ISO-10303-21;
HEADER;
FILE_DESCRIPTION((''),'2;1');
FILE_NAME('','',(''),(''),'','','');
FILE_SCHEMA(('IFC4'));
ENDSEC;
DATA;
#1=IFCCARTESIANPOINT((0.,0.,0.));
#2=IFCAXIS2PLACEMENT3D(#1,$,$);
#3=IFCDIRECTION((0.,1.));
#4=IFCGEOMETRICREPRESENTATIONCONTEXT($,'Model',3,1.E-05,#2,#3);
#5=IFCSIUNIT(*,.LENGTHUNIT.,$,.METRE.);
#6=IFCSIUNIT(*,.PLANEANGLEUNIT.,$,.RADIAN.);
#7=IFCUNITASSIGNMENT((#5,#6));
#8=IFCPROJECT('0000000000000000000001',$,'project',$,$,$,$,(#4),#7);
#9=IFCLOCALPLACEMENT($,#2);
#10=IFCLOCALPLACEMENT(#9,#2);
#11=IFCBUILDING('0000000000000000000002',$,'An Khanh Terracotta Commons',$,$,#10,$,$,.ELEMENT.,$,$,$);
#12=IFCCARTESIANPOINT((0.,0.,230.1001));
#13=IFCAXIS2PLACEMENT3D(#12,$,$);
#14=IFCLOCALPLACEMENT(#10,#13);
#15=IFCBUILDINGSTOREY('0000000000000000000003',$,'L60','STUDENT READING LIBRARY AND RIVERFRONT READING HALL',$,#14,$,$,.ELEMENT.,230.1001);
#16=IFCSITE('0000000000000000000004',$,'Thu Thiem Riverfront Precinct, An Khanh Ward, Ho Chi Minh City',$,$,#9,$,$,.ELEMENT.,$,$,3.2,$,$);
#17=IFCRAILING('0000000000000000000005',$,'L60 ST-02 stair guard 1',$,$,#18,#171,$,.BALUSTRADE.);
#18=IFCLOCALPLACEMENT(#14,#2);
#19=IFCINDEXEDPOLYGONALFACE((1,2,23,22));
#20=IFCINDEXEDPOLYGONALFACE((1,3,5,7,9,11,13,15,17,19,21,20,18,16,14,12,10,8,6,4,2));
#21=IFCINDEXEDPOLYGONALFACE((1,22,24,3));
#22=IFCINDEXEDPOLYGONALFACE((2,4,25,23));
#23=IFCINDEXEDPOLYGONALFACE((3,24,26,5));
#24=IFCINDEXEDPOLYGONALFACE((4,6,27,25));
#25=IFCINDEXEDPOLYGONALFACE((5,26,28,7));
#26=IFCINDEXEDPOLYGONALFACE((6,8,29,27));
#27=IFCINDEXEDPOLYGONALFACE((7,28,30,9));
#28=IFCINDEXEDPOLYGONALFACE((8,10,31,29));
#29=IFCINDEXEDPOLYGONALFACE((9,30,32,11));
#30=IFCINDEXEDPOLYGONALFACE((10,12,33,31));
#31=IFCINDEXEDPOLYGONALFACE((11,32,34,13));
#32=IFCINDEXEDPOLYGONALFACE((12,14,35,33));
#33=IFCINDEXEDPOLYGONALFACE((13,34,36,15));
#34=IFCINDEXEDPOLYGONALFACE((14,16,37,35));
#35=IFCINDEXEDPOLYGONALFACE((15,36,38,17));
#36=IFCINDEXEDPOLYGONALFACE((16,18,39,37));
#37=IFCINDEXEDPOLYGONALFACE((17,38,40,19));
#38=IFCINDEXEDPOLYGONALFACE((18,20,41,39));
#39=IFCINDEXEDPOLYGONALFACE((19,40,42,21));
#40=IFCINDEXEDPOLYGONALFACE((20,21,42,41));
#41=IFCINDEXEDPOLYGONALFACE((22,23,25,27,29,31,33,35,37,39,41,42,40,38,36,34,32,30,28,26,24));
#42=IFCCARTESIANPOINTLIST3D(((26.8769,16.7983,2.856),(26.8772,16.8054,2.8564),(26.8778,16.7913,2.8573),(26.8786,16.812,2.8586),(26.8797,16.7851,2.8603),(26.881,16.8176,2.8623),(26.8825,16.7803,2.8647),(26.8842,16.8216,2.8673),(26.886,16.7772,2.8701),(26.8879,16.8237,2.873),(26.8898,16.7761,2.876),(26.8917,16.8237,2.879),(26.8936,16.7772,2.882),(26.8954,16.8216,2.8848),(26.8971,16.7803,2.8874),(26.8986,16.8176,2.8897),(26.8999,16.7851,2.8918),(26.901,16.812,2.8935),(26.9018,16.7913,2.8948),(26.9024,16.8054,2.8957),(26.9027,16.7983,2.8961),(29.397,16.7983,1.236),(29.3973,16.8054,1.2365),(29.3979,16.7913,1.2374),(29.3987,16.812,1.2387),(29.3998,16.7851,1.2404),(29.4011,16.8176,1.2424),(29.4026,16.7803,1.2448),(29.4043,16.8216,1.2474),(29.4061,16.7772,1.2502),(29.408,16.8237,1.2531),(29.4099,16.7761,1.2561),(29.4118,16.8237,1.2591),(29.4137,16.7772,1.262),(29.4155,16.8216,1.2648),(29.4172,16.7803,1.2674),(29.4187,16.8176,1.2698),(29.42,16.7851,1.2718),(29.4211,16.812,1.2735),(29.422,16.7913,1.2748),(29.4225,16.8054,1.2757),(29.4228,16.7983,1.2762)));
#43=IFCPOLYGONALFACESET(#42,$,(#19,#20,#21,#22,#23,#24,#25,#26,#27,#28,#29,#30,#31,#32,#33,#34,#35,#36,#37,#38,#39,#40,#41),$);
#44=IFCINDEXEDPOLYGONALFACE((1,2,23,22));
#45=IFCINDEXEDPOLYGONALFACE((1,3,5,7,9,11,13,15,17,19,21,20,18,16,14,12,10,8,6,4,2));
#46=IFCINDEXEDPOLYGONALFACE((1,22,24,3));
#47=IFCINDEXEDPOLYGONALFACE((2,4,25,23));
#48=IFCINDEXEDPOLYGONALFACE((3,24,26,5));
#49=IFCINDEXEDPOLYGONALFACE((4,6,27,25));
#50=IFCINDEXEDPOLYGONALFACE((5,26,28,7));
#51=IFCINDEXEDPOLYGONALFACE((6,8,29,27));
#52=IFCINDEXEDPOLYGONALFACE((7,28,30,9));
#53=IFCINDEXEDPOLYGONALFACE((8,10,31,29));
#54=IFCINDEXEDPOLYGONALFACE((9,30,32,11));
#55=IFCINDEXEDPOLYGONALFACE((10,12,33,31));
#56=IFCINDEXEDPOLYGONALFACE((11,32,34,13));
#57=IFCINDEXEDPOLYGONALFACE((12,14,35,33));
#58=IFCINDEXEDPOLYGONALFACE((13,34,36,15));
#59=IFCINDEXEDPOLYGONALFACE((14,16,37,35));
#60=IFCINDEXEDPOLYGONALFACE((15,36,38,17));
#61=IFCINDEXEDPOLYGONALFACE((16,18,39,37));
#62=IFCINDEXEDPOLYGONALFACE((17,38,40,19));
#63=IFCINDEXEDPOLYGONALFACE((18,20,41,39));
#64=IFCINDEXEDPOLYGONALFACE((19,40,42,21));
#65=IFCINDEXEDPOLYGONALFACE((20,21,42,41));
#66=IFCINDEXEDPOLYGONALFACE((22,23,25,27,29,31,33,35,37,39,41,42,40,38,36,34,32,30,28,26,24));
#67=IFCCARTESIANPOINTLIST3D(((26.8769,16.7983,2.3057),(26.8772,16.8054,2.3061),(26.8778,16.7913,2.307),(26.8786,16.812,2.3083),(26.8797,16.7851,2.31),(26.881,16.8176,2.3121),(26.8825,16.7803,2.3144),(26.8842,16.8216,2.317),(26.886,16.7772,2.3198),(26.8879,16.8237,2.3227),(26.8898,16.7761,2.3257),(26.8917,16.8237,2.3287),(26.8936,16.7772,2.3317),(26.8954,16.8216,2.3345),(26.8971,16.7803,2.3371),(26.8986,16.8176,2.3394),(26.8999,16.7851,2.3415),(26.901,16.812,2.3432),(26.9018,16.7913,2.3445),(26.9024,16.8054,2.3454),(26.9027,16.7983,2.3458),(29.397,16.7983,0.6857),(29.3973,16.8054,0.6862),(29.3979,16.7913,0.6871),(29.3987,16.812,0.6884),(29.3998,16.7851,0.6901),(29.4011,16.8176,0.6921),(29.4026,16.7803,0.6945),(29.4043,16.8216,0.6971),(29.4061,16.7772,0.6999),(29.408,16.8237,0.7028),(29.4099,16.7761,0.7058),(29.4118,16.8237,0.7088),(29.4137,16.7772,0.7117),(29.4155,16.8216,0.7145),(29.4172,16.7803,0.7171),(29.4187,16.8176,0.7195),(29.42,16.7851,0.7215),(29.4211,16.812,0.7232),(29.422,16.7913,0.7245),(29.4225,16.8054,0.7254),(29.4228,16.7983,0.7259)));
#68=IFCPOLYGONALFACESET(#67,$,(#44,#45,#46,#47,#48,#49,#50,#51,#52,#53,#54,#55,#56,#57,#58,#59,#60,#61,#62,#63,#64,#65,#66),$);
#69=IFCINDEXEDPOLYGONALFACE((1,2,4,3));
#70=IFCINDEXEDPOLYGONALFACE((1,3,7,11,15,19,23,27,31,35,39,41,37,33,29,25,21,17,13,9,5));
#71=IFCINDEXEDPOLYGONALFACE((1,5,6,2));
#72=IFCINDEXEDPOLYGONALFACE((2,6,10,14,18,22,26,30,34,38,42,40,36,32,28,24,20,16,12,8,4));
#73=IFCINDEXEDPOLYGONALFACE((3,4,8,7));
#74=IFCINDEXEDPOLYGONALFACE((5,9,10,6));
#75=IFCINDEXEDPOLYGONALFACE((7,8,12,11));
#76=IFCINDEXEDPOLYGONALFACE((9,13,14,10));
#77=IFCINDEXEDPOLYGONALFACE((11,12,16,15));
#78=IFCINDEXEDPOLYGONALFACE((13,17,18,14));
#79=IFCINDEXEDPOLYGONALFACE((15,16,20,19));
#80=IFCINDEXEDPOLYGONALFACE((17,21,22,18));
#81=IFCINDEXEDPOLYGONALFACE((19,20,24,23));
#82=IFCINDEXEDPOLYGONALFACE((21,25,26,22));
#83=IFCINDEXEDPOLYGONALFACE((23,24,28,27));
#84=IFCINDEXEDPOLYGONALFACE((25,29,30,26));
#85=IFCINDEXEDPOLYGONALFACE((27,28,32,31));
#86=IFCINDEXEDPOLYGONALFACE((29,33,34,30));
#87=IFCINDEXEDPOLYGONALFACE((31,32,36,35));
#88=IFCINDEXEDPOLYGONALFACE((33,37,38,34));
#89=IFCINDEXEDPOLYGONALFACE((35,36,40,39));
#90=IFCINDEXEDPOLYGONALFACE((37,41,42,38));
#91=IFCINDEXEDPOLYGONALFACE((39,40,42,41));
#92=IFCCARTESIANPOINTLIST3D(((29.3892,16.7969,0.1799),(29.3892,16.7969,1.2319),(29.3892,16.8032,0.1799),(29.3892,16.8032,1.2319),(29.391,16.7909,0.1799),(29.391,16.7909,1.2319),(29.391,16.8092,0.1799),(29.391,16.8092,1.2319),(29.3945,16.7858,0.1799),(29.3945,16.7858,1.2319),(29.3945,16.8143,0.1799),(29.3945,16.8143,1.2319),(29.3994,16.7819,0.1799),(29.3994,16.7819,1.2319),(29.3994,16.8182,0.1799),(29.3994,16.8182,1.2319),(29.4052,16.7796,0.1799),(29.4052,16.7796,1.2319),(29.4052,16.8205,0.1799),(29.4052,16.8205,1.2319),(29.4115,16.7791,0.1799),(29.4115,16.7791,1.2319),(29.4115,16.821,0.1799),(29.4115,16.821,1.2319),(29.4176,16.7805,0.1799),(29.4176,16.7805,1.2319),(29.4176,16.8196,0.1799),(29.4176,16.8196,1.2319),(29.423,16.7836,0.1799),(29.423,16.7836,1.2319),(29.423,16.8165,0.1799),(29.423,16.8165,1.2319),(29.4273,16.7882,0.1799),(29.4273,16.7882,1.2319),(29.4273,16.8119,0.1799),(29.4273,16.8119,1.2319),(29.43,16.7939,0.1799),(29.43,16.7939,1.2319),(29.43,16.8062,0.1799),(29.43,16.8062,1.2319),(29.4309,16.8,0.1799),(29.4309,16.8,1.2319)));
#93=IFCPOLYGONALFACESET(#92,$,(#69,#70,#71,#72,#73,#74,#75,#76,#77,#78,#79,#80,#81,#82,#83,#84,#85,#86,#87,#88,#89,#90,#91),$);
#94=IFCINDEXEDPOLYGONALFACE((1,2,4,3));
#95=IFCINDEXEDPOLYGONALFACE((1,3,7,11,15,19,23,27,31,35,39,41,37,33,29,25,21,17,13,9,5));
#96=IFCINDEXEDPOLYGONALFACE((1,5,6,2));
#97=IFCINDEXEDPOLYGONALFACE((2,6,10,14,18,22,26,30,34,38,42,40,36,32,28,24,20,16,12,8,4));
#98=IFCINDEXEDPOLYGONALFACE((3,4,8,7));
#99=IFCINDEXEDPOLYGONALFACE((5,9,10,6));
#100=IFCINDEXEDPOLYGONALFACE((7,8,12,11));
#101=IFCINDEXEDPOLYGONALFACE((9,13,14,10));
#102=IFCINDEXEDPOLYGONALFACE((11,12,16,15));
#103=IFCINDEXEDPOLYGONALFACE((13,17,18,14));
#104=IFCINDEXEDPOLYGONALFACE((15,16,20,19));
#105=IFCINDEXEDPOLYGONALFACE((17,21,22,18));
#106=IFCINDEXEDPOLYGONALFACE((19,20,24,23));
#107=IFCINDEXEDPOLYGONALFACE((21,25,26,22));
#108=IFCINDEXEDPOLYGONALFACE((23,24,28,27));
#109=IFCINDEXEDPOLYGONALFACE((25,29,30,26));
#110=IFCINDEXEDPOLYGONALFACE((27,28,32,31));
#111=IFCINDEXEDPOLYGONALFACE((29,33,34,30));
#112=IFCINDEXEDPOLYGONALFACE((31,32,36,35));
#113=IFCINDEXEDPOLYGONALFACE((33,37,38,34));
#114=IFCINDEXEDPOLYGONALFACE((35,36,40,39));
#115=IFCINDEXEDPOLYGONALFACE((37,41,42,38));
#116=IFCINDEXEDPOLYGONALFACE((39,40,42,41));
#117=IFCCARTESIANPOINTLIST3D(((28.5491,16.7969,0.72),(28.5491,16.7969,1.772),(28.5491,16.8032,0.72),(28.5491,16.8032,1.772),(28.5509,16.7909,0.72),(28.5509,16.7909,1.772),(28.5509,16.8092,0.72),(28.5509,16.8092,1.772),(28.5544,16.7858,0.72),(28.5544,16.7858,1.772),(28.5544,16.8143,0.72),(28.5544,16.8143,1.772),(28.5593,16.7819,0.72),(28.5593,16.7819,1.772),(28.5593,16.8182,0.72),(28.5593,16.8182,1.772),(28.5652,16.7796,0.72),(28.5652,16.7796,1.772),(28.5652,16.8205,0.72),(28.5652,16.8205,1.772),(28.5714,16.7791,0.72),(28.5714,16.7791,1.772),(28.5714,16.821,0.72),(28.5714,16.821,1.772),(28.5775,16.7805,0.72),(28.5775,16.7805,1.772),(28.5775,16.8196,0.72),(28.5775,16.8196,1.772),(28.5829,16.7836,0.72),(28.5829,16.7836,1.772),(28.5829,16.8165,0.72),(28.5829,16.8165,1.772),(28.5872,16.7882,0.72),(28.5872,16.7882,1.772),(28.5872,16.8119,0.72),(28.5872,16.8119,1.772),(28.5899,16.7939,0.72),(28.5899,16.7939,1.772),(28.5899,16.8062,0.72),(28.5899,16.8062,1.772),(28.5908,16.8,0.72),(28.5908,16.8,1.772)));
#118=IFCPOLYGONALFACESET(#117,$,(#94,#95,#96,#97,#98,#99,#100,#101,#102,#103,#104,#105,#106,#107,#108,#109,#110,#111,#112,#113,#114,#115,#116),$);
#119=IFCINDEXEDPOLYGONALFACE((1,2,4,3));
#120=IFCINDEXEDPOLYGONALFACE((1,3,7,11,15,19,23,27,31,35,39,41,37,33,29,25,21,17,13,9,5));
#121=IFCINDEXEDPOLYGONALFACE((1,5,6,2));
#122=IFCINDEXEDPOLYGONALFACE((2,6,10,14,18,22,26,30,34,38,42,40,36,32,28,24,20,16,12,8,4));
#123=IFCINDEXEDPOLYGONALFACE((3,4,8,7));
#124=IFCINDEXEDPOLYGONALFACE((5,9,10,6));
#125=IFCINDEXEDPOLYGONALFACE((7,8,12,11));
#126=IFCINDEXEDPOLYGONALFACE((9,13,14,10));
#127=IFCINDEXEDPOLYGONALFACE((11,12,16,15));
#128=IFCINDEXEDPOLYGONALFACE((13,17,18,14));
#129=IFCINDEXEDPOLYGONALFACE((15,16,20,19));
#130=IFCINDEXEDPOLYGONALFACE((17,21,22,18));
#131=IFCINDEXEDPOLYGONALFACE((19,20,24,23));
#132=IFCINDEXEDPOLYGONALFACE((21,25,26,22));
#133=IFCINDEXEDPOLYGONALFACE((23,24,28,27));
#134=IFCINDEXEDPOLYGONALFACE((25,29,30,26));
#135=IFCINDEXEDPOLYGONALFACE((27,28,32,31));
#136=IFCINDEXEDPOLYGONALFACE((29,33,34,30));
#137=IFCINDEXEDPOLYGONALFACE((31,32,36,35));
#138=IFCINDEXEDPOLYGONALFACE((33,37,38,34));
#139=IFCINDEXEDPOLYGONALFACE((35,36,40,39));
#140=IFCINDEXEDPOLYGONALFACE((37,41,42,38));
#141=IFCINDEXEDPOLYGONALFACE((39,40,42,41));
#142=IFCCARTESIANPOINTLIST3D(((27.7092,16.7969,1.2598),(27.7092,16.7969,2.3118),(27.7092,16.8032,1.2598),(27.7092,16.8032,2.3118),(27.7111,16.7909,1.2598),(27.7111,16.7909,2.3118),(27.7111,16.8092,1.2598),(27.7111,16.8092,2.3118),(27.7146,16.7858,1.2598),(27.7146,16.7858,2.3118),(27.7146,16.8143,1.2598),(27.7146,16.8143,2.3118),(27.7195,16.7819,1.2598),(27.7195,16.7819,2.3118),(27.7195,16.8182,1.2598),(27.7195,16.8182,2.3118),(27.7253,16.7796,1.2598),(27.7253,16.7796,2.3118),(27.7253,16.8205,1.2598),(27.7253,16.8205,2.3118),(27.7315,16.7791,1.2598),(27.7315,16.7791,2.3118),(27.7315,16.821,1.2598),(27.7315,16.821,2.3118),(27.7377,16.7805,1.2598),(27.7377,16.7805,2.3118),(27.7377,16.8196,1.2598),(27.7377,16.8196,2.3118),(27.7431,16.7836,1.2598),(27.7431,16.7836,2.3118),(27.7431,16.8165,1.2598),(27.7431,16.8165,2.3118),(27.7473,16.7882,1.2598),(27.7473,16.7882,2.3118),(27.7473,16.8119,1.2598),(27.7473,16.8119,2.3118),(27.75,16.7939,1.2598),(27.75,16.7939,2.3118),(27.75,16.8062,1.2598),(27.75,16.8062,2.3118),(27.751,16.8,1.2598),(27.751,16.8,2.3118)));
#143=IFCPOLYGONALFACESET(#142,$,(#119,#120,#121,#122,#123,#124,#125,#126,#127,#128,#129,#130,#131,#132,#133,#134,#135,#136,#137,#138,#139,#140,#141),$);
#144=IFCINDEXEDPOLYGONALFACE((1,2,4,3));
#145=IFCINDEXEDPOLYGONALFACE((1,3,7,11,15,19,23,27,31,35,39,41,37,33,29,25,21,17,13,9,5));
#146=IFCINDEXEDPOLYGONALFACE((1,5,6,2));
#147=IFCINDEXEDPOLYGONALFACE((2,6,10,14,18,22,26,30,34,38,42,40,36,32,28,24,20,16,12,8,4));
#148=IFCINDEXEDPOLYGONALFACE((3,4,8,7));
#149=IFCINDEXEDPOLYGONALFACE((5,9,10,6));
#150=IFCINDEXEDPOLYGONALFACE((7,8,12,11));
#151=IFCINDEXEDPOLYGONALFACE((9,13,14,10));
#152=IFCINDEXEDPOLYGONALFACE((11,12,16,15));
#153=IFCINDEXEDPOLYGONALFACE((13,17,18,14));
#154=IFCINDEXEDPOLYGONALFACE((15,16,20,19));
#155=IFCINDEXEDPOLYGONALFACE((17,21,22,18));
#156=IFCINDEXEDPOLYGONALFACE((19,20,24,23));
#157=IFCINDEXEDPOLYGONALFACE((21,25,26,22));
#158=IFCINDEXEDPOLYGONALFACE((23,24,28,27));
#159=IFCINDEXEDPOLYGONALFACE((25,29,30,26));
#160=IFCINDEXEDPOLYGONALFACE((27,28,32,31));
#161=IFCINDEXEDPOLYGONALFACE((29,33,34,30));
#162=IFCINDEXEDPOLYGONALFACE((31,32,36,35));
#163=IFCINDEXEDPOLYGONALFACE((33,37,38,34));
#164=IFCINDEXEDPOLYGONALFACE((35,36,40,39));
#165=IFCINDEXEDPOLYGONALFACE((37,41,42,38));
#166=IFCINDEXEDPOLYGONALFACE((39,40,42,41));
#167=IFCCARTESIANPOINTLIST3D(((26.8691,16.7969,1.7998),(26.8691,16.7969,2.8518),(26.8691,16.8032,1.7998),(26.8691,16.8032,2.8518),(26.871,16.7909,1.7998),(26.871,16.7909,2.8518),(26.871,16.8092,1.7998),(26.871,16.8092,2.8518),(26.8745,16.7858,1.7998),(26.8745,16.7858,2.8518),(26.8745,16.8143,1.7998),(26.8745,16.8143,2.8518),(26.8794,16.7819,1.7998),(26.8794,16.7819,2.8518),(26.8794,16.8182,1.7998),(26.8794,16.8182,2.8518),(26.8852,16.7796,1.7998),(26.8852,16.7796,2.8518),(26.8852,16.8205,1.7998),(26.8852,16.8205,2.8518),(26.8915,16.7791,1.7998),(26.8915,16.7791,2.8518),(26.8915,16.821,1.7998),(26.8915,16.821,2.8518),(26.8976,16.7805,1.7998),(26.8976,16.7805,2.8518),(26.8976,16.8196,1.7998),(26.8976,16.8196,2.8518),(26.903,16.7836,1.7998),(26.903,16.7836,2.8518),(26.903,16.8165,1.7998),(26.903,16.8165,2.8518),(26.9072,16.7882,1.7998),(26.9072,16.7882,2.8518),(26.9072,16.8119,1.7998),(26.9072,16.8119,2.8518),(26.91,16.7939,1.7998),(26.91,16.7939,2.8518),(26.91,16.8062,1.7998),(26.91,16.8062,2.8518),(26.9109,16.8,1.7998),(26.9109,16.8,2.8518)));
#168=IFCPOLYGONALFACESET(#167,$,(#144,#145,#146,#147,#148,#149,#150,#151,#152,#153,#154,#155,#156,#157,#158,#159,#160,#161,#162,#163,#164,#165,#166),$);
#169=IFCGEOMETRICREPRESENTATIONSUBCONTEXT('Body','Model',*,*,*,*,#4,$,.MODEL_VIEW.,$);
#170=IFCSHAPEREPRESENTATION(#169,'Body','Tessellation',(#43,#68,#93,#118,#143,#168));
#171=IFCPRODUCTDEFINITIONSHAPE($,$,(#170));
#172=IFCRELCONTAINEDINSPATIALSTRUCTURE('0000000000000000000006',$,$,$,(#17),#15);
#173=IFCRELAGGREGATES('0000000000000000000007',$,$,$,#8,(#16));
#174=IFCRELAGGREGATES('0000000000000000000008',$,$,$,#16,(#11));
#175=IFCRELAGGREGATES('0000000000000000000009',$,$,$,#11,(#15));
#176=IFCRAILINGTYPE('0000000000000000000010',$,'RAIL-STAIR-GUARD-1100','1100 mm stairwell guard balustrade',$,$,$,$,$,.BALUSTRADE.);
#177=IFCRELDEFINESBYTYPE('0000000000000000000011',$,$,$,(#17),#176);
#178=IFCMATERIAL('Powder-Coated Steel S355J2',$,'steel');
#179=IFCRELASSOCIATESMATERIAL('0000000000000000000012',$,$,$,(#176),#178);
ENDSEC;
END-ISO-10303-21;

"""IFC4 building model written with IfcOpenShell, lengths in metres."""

from ifc_helpers import new_model, si_unit, direction, frame, origin, origin_2d, place, context, subcontext, project, spatial, circle, extrude, material, type_object, element, save


model = new_model("IFC4")

# Units and contexts
model_context = context("Model", 3, precision=1e-05, world=origin(), true_north=direction((0.0, 1.0)))
body_context = subcontext(model_context, "Body", "Model", "MODEL_VIEW")
ifc_project = project(units=[si_unit("LENGTHUNIT", "METRE"), si_unit("PLANEANGLEUNIT", "RADIAN")], contexts=[model_context])

# Site, building, storey
site_placement = place(None, origin())
site = spatial("IfcSite", under=ifc_project, at=site_placement, Name="Thu Thiem Riverfront Precinct, An Khanh Ward, Ho Chi Minh City", CompositionType="ELEMENT", RefElevation=3.2)
building_placement = place(site_placement, origin())
building = spatial("IfcBuilding", under=site, at=building_placement, Name="An Khanh Terracotta Commons", CompositionType="ELEMENT")
storey_placement = place(building_placement, frame((0.0, 0.0, 230.1001)))
storey = spatial("IfcBuildingStorey", under=building, at=storey_placement, Name="L60", Description="STUDENT READING LIBRARY AND RIVERFRONT READING HALL", CompositionType="ELEMENT", Elevation=230.1001)

# Railing
ifc_material_1 = material(Name="Powder-Coated Steel S355J2", Category="steel")
railing_type_1 = type_object("IfcRailingType", Name="RAIL-STAIR-GUARD-1100", Description="1100 mm stairwell guard balustrade", PredefinedType="BALUSTRADE", material=ifc_material_1)
railing_1_placement = place(storey_placement, frame((29.4099, 16.8, 0.1799)))
element("IfcRailing", 1, at=railing_1_placement, inside=storey, type_object=railing_type_1, Name="L60 ST-02 stair guard 1", PredefinedType="BALUSTRADE", context=body_context, shape_type="SweptSolid", body=[
    extrude(circle(Radius=0.0239, at=origin_2d()), frame((0.0, 0.0, 1.0762), z_axis=(-0.8412, 0.0, 0.540725), x_axis=(0.0, -1.0, 0.0)), (0.0, 0.0, 1.0), 2.9958),
    extrude(circle(Radius=0.0239, at=origin_2d()), frame((0.0, 0.0, 0.5259), z_axis=(-0.8412, 0.0, 0.540725), x_axis=(0.0, -1.0, 0.0)), (0.0, 0.0, 1.0), 2.9958),
    extrude(circle(Radius=0.021, at=origin_2d()), origin(), (0.0, 0.0, 1.0), 1.052),
    extrude(circle(Radius=0.021, at=origin_2d()), frame((-0.8401, 0.0, 0.54)), (0.0, 0.0, 1.0), 1.052),
    extrude(circle(Radius=0.021, at=origin_2d()), frame((-1.6799, 0.0, 1.0798)), (0.0, 0.0, 1.0), 1.052),
    extrude(circle(Radius=0.021, at=origin_2d()), frame((-2.52, 0.0, 1.6199)), (0.0, 0.0, 1.0), 1.052),
])

save(model, "model.ifc")
